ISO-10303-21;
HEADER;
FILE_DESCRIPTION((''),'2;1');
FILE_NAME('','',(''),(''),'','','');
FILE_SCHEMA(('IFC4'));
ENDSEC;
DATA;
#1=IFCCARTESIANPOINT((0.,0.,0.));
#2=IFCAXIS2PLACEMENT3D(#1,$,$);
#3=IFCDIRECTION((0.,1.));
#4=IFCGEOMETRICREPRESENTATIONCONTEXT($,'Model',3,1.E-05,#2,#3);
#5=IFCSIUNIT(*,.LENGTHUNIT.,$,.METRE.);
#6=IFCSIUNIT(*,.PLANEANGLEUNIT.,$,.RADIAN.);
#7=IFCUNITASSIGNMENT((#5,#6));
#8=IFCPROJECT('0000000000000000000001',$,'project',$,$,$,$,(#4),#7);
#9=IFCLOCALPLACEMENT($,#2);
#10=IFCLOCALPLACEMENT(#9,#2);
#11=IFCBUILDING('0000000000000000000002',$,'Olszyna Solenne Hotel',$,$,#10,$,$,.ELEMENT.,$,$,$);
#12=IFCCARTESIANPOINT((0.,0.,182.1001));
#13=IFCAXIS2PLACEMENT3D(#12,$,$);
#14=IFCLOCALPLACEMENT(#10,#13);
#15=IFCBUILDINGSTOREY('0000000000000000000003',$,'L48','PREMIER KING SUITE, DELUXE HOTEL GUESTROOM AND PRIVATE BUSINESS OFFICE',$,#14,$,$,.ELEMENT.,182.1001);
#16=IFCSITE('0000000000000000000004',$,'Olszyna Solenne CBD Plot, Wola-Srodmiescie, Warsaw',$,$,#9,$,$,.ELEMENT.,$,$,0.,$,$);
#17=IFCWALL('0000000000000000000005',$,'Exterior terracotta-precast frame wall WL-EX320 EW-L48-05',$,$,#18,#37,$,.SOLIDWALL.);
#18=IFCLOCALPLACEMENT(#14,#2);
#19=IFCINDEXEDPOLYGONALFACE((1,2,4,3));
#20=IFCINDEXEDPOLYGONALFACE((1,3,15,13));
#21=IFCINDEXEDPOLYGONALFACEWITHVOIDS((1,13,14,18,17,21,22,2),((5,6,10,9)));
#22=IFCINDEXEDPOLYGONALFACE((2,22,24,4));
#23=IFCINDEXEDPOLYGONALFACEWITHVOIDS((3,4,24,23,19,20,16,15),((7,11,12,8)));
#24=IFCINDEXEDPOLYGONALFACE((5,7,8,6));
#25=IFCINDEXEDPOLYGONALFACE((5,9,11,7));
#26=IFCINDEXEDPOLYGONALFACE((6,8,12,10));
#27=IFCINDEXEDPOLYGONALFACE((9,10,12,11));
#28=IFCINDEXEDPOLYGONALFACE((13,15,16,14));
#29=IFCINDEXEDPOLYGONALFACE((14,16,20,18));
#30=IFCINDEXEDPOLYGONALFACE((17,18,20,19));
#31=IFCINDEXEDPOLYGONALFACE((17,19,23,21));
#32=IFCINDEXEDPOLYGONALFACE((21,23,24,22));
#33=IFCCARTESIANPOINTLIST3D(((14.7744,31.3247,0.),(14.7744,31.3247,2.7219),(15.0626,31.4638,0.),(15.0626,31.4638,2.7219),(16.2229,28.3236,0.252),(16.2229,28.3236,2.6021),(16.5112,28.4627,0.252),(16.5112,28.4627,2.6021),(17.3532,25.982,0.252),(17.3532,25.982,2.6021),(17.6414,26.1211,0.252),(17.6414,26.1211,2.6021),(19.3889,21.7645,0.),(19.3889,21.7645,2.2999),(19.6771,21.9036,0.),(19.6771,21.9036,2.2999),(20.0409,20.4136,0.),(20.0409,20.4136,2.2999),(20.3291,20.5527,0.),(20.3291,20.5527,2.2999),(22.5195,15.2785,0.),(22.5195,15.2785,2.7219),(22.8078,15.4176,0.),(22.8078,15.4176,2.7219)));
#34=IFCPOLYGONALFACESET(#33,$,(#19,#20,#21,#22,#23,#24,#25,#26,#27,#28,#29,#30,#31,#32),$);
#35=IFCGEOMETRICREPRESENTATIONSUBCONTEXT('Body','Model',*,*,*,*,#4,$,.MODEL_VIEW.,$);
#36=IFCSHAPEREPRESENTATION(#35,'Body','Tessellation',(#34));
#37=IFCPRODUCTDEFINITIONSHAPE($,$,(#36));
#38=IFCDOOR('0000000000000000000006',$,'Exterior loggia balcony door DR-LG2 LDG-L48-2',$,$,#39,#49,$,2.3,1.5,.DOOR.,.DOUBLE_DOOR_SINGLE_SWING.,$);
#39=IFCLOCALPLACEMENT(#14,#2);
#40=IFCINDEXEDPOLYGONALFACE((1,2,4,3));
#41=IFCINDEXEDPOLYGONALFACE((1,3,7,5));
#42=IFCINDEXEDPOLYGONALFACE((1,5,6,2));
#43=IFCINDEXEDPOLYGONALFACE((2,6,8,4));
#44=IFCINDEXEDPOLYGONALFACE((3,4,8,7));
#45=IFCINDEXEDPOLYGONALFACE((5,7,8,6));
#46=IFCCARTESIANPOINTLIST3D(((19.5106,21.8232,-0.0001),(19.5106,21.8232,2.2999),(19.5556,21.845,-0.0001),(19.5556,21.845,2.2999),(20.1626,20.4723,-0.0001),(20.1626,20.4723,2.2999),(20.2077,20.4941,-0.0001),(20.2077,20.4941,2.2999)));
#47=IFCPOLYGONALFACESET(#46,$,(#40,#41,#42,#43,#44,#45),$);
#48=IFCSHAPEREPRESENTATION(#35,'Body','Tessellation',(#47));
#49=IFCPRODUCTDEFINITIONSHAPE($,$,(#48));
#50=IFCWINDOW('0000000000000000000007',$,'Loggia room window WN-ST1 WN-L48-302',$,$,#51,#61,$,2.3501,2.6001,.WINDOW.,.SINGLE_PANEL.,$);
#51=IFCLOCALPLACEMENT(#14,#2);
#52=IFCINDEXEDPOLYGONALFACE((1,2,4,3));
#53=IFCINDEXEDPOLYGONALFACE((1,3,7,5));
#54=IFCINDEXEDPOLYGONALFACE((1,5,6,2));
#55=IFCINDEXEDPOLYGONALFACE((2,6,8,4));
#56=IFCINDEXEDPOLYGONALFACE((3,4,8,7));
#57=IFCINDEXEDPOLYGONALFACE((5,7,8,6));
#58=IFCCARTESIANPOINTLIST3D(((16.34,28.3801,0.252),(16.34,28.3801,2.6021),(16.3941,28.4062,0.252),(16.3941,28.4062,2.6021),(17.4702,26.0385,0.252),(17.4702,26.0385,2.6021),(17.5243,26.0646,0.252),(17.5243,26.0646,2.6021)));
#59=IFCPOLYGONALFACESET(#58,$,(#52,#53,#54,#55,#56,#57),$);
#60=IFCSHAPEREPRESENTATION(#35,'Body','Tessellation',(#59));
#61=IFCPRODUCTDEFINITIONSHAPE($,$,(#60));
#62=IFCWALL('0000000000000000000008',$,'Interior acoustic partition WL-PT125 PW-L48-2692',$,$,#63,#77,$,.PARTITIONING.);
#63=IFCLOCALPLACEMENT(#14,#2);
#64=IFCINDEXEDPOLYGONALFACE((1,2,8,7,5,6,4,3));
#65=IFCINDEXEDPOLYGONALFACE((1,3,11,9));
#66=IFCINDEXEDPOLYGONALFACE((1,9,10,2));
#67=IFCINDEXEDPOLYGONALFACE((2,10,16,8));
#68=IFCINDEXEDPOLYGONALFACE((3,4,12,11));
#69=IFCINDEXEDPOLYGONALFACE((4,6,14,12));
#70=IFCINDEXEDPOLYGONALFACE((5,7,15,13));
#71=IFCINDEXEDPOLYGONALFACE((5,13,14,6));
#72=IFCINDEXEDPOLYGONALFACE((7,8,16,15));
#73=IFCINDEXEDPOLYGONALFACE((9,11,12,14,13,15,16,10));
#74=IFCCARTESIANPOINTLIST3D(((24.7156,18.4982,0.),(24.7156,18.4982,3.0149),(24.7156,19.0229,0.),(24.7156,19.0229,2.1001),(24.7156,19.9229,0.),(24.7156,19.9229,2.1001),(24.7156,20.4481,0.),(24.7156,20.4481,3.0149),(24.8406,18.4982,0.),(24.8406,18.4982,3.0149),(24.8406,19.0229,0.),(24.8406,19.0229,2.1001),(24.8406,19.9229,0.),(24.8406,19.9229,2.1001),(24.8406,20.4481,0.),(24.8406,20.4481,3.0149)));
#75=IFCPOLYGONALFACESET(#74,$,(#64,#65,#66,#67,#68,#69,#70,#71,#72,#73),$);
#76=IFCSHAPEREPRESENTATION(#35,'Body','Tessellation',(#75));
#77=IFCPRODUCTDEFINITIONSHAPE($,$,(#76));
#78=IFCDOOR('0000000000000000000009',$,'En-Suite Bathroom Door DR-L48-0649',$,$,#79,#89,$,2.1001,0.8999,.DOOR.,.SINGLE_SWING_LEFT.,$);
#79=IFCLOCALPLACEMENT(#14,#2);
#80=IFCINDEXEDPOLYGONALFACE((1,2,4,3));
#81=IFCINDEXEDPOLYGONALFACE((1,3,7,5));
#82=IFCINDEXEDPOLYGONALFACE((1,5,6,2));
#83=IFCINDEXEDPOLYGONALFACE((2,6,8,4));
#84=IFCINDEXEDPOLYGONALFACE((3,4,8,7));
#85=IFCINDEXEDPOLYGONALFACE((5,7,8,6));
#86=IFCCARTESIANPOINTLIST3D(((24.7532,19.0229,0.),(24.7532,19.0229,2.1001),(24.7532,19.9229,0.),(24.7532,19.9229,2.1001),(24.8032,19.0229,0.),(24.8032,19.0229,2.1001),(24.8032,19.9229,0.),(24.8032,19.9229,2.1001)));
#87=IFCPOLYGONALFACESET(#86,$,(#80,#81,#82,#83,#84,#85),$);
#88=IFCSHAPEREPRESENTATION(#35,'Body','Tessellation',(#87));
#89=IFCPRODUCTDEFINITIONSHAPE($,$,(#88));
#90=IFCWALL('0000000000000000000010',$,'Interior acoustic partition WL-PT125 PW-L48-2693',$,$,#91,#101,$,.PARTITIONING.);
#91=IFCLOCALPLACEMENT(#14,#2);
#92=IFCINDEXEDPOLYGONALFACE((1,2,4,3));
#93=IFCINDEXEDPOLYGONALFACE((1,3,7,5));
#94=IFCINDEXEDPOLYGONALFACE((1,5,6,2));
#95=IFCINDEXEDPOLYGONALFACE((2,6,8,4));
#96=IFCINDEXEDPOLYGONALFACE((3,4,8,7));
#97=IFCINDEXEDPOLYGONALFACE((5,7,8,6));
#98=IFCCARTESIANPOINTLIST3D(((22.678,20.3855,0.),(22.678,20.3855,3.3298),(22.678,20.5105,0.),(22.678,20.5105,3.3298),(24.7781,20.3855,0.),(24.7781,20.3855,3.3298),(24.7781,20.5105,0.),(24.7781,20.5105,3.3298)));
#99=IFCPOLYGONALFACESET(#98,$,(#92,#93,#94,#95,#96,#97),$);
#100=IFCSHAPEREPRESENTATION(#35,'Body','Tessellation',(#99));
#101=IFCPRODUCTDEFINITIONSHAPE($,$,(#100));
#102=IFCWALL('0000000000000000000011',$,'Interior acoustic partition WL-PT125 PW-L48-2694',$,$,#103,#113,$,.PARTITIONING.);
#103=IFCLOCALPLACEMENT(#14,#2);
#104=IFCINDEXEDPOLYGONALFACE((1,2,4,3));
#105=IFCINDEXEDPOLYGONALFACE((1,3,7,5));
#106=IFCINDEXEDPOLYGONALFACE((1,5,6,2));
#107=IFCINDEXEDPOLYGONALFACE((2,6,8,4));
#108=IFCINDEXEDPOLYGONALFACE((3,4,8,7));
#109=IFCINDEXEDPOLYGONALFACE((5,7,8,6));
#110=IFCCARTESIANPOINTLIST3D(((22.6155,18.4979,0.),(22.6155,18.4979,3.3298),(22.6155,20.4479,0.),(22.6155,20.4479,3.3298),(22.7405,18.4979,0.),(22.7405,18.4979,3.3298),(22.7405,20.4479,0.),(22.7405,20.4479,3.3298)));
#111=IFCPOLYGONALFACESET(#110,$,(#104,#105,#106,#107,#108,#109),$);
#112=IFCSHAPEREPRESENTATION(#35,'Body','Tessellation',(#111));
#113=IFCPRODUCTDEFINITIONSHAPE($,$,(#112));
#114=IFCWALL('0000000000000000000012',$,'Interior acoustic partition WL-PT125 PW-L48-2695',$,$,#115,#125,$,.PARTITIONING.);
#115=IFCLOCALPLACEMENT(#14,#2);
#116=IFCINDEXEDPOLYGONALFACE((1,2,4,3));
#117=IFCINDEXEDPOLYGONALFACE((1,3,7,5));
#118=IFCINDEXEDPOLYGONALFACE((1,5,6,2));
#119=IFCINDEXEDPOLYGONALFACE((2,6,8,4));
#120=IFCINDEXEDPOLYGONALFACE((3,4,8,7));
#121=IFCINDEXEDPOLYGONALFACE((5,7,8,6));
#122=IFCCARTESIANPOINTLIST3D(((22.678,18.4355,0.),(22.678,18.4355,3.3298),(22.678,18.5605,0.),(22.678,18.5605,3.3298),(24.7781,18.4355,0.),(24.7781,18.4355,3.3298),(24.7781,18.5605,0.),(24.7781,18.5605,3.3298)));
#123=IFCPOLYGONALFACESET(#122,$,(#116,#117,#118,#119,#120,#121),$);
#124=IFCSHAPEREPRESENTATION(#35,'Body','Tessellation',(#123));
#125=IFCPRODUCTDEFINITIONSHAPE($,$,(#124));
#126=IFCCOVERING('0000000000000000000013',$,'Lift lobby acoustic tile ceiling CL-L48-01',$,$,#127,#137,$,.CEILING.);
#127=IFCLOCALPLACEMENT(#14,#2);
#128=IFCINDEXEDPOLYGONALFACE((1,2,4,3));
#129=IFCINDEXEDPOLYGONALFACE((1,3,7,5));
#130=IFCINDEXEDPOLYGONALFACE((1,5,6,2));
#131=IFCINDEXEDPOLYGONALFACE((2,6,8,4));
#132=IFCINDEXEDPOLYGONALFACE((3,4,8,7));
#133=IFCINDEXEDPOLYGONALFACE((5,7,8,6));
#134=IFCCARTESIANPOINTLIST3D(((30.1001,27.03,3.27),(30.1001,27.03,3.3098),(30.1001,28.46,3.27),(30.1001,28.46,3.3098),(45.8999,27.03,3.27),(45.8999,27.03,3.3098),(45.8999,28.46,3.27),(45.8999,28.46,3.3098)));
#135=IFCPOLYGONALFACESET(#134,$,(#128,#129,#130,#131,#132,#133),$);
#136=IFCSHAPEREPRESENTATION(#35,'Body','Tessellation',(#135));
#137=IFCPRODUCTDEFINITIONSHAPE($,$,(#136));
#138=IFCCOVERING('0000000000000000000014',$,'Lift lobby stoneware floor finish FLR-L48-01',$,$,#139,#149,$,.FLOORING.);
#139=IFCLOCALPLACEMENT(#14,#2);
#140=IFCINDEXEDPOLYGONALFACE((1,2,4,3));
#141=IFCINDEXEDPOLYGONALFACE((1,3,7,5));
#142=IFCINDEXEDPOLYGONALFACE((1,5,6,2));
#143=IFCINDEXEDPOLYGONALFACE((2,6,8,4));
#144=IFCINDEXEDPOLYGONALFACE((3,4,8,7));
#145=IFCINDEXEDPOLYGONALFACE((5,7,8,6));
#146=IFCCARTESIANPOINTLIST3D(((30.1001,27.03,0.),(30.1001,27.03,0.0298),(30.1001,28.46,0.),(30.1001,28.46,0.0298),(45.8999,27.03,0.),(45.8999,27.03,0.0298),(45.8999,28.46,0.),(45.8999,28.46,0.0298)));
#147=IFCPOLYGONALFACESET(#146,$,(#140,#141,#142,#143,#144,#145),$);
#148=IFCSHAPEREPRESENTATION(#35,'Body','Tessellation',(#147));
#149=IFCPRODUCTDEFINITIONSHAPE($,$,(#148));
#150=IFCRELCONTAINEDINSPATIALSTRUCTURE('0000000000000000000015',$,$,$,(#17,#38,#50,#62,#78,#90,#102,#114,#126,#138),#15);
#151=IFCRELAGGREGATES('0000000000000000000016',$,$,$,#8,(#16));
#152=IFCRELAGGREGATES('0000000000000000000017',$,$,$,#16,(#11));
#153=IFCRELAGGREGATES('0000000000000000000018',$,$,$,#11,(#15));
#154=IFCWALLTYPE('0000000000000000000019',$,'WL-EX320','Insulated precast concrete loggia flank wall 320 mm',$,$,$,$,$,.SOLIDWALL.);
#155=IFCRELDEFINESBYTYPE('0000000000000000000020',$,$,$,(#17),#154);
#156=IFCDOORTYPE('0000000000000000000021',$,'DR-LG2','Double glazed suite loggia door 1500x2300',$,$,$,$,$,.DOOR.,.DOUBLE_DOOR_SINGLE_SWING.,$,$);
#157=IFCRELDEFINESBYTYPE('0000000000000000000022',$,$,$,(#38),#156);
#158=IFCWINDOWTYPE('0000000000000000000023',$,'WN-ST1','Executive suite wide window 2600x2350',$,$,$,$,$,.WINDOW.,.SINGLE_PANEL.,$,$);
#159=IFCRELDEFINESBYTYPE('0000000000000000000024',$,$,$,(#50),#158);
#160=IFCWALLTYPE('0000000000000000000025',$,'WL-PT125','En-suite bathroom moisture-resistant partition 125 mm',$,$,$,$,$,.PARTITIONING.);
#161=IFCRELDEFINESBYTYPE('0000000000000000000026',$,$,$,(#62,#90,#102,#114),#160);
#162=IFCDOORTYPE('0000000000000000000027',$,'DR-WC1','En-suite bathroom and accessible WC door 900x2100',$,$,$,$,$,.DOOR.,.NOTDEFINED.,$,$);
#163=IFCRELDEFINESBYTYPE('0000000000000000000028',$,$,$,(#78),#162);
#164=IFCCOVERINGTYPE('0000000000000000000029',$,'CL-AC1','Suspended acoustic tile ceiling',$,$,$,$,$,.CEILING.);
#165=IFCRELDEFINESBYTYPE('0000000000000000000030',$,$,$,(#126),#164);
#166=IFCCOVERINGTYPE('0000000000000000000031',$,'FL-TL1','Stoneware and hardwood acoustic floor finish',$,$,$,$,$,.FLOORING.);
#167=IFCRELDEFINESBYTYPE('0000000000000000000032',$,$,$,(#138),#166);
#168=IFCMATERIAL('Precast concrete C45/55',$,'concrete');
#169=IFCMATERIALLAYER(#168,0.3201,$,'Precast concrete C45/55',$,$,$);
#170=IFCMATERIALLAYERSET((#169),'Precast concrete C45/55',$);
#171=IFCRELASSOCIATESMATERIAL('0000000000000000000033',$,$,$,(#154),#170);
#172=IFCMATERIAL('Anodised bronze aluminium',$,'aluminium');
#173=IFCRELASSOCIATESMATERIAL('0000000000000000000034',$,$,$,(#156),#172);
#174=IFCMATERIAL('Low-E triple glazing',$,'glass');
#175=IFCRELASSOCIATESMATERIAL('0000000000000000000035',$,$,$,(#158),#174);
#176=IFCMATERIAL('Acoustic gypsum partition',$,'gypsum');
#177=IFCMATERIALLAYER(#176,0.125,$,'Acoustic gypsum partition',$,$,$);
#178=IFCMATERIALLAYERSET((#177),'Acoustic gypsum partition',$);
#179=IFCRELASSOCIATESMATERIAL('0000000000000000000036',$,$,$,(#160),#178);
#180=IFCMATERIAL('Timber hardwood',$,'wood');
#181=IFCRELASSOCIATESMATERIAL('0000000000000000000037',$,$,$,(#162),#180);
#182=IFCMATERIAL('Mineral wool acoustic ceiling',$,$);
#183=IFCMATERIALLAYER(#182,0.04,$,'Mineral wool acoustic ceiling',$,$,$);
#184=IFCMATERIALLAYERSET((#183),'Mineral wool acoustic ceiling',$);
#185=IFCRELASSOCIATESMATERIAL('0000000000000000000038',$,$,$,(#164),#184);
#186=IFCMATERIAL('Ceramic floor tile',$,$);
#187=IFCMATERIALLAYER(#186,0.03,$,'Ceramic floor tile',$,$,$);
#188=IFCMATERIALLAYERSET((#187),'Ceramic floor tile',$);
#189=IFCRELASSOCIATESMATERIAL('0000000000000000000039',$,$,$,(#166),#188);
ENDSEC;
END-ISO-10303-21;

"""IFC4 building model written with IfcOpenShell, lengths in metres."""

from ifc_helpers import new_model, si_unit, direction, frame, frame_2d, origin, place, context, subcontext, project, spatial, polyline, rectangle, outline, extrude, source, transform, mapped, material, layer, layer_set, type_object, type_shapes, element, fill, save


model = new_model("IFC4")

# Units and contexts
model_context = context("Model", 3, precision=1e-05, world=origin(), true_north=direction((0.0, 1.0)))
body_context = subcontext(model_context, "Body", "Model", "MODEL_VIEW")
ifc_project = project(units=[si_unit("LENGTHUNIT", "METRE"), si_unit("PLANEANGLEUNIT", "RADIAN")], contexts=[model_context])

# Site, building, storey
site_placement = place(None, origin())
site = spatial("IfcSite", under=ifc_project, at=site_placement, Name="Olszyna Solenne CBD Plot, Wola-Srodmiescie, Warsaw", CompositionType="ELEMENT", RefElevation=0.0)
building_placement = place(site_placement, origin())
building = spatial("IfcBuilding", under=site, at=building_placement, Name="Olszyna Solenne Hotel", CompositionType="ELEMENT")
storey_placement = place(building_placement, frame((0.0, 0.0, 182.1001)))
storey = spatial("IfcBuildingStorey", under=building, at=storey_placement, Name="L48", Description="PREMIER KING SUITE, DELUXE HOTEL GUESTROOM AND PRIVATE BUSINESS OFFICE", CompositionType="ELEMENT", Elevation=182.1001)

# Shared definitions
ifc_material_1 = material(Name="Anodised bronze aluminium", Category="aluminium")

# Shared definitions
ifc_material_2 = material(Name="Precast concrete C45/55", Category="concrete")

# Shared definitions
ifc_material_3 = material(Name="Low-E triple glazing", Category="glass")

# Wall, openings, door, window
ifc_layer_1 = layer(ifc_material_2, 0.3201, Name="Precast concrete C45/55")
ifc_layer_set_1 = layer_set([ifc_layer_1], Name="Precast concrete C45/55")
wall_type_1 = type_object("IfcWallType", Name="WL-EX320", Description="Insulated precast concrete loggia flank wall 320 mm", PredefinedType="SOLIDWALL", material=ifc_layer_set_1)
wall_1_placement = place(storey_placement, frame((22.6636, 15.3481, 0.0), z_axis=(0.0, 0.0, 1.0), x_axis=(-0.43469, 0.90058, 0.0)))
wall_1 = element("IfcWall", 1, at=wall_1_placement, inside=storey, type_object=wall_type_1, Name="Exterior terracotta-precast frame wall WL-EX320 EW-L48-05", PredefinedType="SOLIDWALL", context=body_context, shape_type="SweptSolid", body=[
    extrude(rectangle(XDim=17.8176, YDim=0.3201, at=frame_2d((8.9087, 0.0))), origin(), (0.0, 0.0, 1.0), 2.7219),
])
opening_1_placement = place(wall_1_placement, frame((5.7019, 0.0, 0.0)))
opening_1 = element("IfcOpeningElement", 2, at=opening_1_placement, cuts=wall_1, PredefinedType="OPENING", context=body_context, shape_type="SweptSolid", body=[
    extrude(rectangle(XDim=1.5, YDim=2.3, at=frame_2d((0.75, 1.1499))), frame((0.0, 0.1699, 0.0), z_axis=(0.0, -1.0, 0.0), x_axis=(1.0, 0.0, 0.0)), (0.0, 0.0, 1.0), 0.3401),
])
opening_2_placement = place(wall_1_placement, frame((11.885, 0.0, 0.252)))
opening_2 = element("IfcOpeningElement", 3, at=opening_2_placement, cuts=wall_1, PredefinedType="OPENING", context=body_context, shape_type="SweptSolid", body=[
    extrude(rectangle(XDim=2.6001, YDim=2.3501, at=frame_2d((1.3, 1.175))), frame((0.0, 0.1699, 0.0), z_axis=(0.0, -1.0, 0.0), x_axis=(1.0, 0.0, 0.0)), (0.0, 0.0, 1.0), 0.3401),
])
door_type_1 = type_object("IfcDoorType", Name="DR-LG2", Description="Double glazed suite loggia door 1500x2300", OperationType="DOUBLE_DOOR_SINGLE_SWING", PredefinedType="DOOR", material=ifc_material_1)
shared_shape_1 = source(origin(), body_context, "Body", "SweptSolid", [
    extrude(rectangle(XDim=1.5, YDim=2.3, at=frame_2d((0.75, 1.1499))), frame((0.0, 0.0249, 0.0), z_axis=(0.0, -1.0, 0.0), x_axis=(1.0, 0.0, 0.0)), (0.0, 0.0, 1.0), 0.05),
])
type_shapes(door_type_1, [shared_shape_1])
door_1_placement = place(opening_1_placement, origin())
door_1 = element("IfcDoor", 4, at=door_1_placement, inside=storey, type_object=door_type_1, Name="Exterior loggia balcony door DR-LG2 LDG-L48-2", OperationType="DOUBLE_DOOR_SINGLE_SWING", OverallHeight=2.3, OverallWidth=1.5, PredefinedType="DOOR", context=body_context, shape_type="MappedRepresentation", body=[
    mapped(shared_shape_1, transform((0.0, 0.0, 0.0), x_axis=(1.0, 0.0, 0.0), y_axis=(0.0, 1.0, 0.0), z_axis=(0.0, 0.0, 1.0), scale=1.0)),
])
fill(opening_1, door_1)
window_type = type_object("IfcWindowType", Name="WN-ST1", Description="Executive suite wide window 2600x2350", PartitioningType="SINGLE_PANEL", PredefinedType="WINDOW", material=ifc_material_3)
shared_shape_2 = source(origin(), body_context, "Body", "SweptSolid", [
    extrude(rectangle(XDim=2.6001, YDim=2.3501, at=frame_2d((1.3, 1.175))), frame((0.0, 0.03, 0.0), z_axis=(0.0, -1.0, 0.0), x_axis=(1.0, 0.0, 0.0)), (0.0, 0.0, 1.0), 0.0601),
])
type_shapes(window_type, [shared_shape_2])
window_placement = place(opening_2_placement, origin())
window = element("IfcWindow", 5, at=window_placement, inside=storey, type_object=window_type, Name="Loggia room window WN-ST1 WN-L48-302", OverallHeight=2.3501, OverallWidth=2.6001, PartitioningType="SINGLE_PANEL", PredefinedType="WINDOW", context=body_context, shape_type="MappedRepresentation", body=[
    mapped(shared_shape_2, transform((0.0, 0.0, 0.0), x_axis=(1.0, 0.0, 0.0), y_axis=(0.0, 1.0, 0.0), z_axis=(0.0, 0.0, 1.0), scale=1.0)),
])
fill(opening_2, window)

# Wall, opening, door
ifc_material_4 = material(Name="Acoustic gypsum partition", Category="gypsum")
ifc_layer_2 = layer(ifc_material_4, 0.125, Name="Acoustic gypsum partition")
ifc_layer_set_2 = layer_set([ifc_layer_2], Name="Acoustic gypsum partition")
wall_type_2 = type_object("IfcWallType", Name="WL-PT125", Description="En-suite bathroom moisture-resistant partition 125 mm", PredefinedType="PARTITIONING", material=ifc_layer_set_2)
wall_2_placement = place(storey_placement, frame((24.7781, 18.498, 0.0), z_axis=(0.0, 0.0, 1.0), x_axis=(0.0, 1.0, 0.0)))
wall_2 = element("IfcWall", 6, at=wall_2_placement, inside=storey, type_object=wall_type_2, Name="Interior acoustic partition WL-PT125 PW-L48-2692", PredefinedType="PARTITIONING", context=body_context, shape_type="SweptSolid", body=[
    extrude(rectangle(XDim=1.95, YDim=0.125, at=frame_2d((0.9751, 0.0))), origin(), (0.0, 0.0, 1.0), 3.0149),
])
opening_3_placement = place(wall_2_placement, frame((0.5249, 0.0, 0.0)))
opening_3 = element("IfcOpeningElement", 7, at=opening_3_placement, cuts=wall_2, PredefinedType="OPENING", context=body_context, shape_type="SweptSolid", body=[
    extrude(rectangle(XDim=0.8999, YDim=2.1001, at=frame_2d((0.45, 1.05))), frame((0.0, 0.0725, 0.0), z_axis=(0.0, -1.0, 0.0), x_axis=(1.0, 0.0, 0.0)), (0.0, 0.0, 1.0), 0.145),
])
ifc_material_5 = material(Name="Timber hardwood", Category="wood")
door_type_2 = type_object("IfcDoorType", Name="DR-WC1", Description="En-suite bathroom and accessible WC door 900x2100", OperationType="NOTDEFINED", PredefinedType="DOOR", material=ifc_material_5)
shared_shape_3 = source(origin(), body_context, "Body", "SweptSolid", [
    extrude(rectangle(XDim=0.8999, YDim=2.1001, at=frame_2d((0.45, 1.05))), frame((0.0, 0.0249, 0.0), z_axis=(0.0, -1.0, 0.0), x_axis=(1.0, 0.0, 0.0)), (0.0, 0.0, 1.0), 0.05),
])
type_shapes(door_type_2, [shared_shape_3])
door_2_placement = place(opening_3_placement, origin())
door_2 = element("IfcDoor", 8, at=door_2_placement, inside=storey, type_object=door_type_2, Name="En-Suite Bathroom Door DR-L48-0649", OperationType="SINGLE_SWING_LEFT", OverallHeight=2.1001, OverallWidth=0.8999, PredefinedType="DOOR", context=body_context, shape_type="MappedRepresentation", body=[
    mapped(shared_shape_3, transform((0.0, 0.0, 0.0), x_axis=(1.0, 0.0, 0.0), y_axis=(0.0, 1.0, 0.0), z_axis=(0.0, 0.0, 1.0), scale=1.0)),
])
fill(opening_3, door_2)

# Walls
wall_3_placement = place(storey_placement, frame((24.7781, 20.448, 0.0), z_axis=(0.0, 0.0, 1.0), x_axis=(-1.0, 0.0, 0.0)))
element("IfcWall", 9, at=wall_3_placement, inside=storey, type_object=wall_type_2, Name="Interior acoustic partition WL-PT125 PW-L48-2693", PredefinedType="PARTITIONING", context=body_context, shape_type="SweptSolid", body=[
    extrude(rectangle(XDim=2.1001, YDim=0.125, at=frame_2d((1.05, 0.0))), origin(), (0.0, 0.0, 1.0), 3.3298),
])
wall_4_placement = place(storey_placement, frame((22.678, 20.448, 0.0), z_axis=(0.0, 0.0, 1.0), x_axis=(0.0, -1.0, 0.0)))
element("IfcWall", 10, at=wall_4_placement, inside=storey, type_object=wall_type_2, Name="Interior acoustic partition WL-PT125 PW-L48-2694", PredefinedType="PARTITIONING", context=body_context, shape_type="SweptSolid", body=[
    extrude(rectangle(XDim=1.95, YDim=0.125, at=frame_2d((0.9751, 0.0))), origin(), (0.0, 0.0, 1.0), 3.3298),
])
wall_5_placement = place(storey_placement, frame((22.678, 18.498, 0.0), z_axis=(0.0, 0.0, 1.0), x_axis=(1.0, 0.0, 0.0)))
element("IfcWall", 11, at=wall_5_placement, inside=storey, type_object=wall_type_2, Name="Interior acoustic partition WL-PT125 PW-L48-2695", PredefinedType="PARTITIONING", context=body_context, shape_type="SweptSolid", body=[
    extrude(rectangle(XDim=2.1001, YDim=0.125, at=frame_2d((1.05, 0.0))), origin(), (0.0, 0.0, 1.0), 3.3298),
])

# Coverings
ifc_material_6 = material(Name="Mineral wool acoustic ceiling")
ifc_layer_3 = layer(ifc_material_6, 0.04, Name="Mineral wool acoustic ceiling")
ifc_layer_set_3 = layer_set([ifc_layer_3], Name="Mineral wool acoustic ceiling")
covering_type_1 = type_object("IfcCoveringType", Name="CL-AC1", Description="Suspended acoustic tile ceiling", PredefinedType="CEILING", material=ifc_layer_set_3)
covering_1_placement = place(storey_placement, frame((0.0, 0.0, 3.27)))
element("IfcCovering", 12, at=covering_1_placement, inside=storey, type_object=covering_type_1, Name="Lift lobby acoustic tile ceiling CL-L48-01", PredefinedType="CEILING", context=body_context, shape_type="SweptSolid", body=[
    extrude(outline(polyline([(30.1001, 27.03), (45.8999, 27.03), (45.8999, 28.46), (30.1001, 28.46), (30.1001, 27.03)])), origin(), (0.0, 0.0, 1.0), 0.0398),
])
ifc_material_7 = material(Name="Ceramic floor tile")
ifc_layer_4 = layer(ifc_material_7, 0.03, Name="Ceramic floor tile")
ifc_layer_set_4 = layer_set([ifc_layer_4], Name="Ceramic floor tile")
covering_type_2 = type_object("IfcCoveringType", Name="FL-TL1", Description="Stoneware and hardwood acoustic floor finish", PredefinedType="FLOORING", material=ifc_layer_set_4)
covering_2_placement = place(storey_placement, origin())
element("IfcCovering", 13, at=covering_2_placement, inside=storey, type_object=covering_type_2, Name="Lift lobby stoneware floor finish FLR-L48-01", PredefinedType="FLOORING", context=body_context, shape_type="SweptSolid", body=[
    extrude(outline(polyline([(30.1001, 27.03), (45.8999, 27.03), (45.8999, 28.46), (30.1001, 28.46), (30.1001, 27.03)])), origin(), (0.0, 0.0, 1.0), 0.0298),
])

save(model, "model.ifc")
